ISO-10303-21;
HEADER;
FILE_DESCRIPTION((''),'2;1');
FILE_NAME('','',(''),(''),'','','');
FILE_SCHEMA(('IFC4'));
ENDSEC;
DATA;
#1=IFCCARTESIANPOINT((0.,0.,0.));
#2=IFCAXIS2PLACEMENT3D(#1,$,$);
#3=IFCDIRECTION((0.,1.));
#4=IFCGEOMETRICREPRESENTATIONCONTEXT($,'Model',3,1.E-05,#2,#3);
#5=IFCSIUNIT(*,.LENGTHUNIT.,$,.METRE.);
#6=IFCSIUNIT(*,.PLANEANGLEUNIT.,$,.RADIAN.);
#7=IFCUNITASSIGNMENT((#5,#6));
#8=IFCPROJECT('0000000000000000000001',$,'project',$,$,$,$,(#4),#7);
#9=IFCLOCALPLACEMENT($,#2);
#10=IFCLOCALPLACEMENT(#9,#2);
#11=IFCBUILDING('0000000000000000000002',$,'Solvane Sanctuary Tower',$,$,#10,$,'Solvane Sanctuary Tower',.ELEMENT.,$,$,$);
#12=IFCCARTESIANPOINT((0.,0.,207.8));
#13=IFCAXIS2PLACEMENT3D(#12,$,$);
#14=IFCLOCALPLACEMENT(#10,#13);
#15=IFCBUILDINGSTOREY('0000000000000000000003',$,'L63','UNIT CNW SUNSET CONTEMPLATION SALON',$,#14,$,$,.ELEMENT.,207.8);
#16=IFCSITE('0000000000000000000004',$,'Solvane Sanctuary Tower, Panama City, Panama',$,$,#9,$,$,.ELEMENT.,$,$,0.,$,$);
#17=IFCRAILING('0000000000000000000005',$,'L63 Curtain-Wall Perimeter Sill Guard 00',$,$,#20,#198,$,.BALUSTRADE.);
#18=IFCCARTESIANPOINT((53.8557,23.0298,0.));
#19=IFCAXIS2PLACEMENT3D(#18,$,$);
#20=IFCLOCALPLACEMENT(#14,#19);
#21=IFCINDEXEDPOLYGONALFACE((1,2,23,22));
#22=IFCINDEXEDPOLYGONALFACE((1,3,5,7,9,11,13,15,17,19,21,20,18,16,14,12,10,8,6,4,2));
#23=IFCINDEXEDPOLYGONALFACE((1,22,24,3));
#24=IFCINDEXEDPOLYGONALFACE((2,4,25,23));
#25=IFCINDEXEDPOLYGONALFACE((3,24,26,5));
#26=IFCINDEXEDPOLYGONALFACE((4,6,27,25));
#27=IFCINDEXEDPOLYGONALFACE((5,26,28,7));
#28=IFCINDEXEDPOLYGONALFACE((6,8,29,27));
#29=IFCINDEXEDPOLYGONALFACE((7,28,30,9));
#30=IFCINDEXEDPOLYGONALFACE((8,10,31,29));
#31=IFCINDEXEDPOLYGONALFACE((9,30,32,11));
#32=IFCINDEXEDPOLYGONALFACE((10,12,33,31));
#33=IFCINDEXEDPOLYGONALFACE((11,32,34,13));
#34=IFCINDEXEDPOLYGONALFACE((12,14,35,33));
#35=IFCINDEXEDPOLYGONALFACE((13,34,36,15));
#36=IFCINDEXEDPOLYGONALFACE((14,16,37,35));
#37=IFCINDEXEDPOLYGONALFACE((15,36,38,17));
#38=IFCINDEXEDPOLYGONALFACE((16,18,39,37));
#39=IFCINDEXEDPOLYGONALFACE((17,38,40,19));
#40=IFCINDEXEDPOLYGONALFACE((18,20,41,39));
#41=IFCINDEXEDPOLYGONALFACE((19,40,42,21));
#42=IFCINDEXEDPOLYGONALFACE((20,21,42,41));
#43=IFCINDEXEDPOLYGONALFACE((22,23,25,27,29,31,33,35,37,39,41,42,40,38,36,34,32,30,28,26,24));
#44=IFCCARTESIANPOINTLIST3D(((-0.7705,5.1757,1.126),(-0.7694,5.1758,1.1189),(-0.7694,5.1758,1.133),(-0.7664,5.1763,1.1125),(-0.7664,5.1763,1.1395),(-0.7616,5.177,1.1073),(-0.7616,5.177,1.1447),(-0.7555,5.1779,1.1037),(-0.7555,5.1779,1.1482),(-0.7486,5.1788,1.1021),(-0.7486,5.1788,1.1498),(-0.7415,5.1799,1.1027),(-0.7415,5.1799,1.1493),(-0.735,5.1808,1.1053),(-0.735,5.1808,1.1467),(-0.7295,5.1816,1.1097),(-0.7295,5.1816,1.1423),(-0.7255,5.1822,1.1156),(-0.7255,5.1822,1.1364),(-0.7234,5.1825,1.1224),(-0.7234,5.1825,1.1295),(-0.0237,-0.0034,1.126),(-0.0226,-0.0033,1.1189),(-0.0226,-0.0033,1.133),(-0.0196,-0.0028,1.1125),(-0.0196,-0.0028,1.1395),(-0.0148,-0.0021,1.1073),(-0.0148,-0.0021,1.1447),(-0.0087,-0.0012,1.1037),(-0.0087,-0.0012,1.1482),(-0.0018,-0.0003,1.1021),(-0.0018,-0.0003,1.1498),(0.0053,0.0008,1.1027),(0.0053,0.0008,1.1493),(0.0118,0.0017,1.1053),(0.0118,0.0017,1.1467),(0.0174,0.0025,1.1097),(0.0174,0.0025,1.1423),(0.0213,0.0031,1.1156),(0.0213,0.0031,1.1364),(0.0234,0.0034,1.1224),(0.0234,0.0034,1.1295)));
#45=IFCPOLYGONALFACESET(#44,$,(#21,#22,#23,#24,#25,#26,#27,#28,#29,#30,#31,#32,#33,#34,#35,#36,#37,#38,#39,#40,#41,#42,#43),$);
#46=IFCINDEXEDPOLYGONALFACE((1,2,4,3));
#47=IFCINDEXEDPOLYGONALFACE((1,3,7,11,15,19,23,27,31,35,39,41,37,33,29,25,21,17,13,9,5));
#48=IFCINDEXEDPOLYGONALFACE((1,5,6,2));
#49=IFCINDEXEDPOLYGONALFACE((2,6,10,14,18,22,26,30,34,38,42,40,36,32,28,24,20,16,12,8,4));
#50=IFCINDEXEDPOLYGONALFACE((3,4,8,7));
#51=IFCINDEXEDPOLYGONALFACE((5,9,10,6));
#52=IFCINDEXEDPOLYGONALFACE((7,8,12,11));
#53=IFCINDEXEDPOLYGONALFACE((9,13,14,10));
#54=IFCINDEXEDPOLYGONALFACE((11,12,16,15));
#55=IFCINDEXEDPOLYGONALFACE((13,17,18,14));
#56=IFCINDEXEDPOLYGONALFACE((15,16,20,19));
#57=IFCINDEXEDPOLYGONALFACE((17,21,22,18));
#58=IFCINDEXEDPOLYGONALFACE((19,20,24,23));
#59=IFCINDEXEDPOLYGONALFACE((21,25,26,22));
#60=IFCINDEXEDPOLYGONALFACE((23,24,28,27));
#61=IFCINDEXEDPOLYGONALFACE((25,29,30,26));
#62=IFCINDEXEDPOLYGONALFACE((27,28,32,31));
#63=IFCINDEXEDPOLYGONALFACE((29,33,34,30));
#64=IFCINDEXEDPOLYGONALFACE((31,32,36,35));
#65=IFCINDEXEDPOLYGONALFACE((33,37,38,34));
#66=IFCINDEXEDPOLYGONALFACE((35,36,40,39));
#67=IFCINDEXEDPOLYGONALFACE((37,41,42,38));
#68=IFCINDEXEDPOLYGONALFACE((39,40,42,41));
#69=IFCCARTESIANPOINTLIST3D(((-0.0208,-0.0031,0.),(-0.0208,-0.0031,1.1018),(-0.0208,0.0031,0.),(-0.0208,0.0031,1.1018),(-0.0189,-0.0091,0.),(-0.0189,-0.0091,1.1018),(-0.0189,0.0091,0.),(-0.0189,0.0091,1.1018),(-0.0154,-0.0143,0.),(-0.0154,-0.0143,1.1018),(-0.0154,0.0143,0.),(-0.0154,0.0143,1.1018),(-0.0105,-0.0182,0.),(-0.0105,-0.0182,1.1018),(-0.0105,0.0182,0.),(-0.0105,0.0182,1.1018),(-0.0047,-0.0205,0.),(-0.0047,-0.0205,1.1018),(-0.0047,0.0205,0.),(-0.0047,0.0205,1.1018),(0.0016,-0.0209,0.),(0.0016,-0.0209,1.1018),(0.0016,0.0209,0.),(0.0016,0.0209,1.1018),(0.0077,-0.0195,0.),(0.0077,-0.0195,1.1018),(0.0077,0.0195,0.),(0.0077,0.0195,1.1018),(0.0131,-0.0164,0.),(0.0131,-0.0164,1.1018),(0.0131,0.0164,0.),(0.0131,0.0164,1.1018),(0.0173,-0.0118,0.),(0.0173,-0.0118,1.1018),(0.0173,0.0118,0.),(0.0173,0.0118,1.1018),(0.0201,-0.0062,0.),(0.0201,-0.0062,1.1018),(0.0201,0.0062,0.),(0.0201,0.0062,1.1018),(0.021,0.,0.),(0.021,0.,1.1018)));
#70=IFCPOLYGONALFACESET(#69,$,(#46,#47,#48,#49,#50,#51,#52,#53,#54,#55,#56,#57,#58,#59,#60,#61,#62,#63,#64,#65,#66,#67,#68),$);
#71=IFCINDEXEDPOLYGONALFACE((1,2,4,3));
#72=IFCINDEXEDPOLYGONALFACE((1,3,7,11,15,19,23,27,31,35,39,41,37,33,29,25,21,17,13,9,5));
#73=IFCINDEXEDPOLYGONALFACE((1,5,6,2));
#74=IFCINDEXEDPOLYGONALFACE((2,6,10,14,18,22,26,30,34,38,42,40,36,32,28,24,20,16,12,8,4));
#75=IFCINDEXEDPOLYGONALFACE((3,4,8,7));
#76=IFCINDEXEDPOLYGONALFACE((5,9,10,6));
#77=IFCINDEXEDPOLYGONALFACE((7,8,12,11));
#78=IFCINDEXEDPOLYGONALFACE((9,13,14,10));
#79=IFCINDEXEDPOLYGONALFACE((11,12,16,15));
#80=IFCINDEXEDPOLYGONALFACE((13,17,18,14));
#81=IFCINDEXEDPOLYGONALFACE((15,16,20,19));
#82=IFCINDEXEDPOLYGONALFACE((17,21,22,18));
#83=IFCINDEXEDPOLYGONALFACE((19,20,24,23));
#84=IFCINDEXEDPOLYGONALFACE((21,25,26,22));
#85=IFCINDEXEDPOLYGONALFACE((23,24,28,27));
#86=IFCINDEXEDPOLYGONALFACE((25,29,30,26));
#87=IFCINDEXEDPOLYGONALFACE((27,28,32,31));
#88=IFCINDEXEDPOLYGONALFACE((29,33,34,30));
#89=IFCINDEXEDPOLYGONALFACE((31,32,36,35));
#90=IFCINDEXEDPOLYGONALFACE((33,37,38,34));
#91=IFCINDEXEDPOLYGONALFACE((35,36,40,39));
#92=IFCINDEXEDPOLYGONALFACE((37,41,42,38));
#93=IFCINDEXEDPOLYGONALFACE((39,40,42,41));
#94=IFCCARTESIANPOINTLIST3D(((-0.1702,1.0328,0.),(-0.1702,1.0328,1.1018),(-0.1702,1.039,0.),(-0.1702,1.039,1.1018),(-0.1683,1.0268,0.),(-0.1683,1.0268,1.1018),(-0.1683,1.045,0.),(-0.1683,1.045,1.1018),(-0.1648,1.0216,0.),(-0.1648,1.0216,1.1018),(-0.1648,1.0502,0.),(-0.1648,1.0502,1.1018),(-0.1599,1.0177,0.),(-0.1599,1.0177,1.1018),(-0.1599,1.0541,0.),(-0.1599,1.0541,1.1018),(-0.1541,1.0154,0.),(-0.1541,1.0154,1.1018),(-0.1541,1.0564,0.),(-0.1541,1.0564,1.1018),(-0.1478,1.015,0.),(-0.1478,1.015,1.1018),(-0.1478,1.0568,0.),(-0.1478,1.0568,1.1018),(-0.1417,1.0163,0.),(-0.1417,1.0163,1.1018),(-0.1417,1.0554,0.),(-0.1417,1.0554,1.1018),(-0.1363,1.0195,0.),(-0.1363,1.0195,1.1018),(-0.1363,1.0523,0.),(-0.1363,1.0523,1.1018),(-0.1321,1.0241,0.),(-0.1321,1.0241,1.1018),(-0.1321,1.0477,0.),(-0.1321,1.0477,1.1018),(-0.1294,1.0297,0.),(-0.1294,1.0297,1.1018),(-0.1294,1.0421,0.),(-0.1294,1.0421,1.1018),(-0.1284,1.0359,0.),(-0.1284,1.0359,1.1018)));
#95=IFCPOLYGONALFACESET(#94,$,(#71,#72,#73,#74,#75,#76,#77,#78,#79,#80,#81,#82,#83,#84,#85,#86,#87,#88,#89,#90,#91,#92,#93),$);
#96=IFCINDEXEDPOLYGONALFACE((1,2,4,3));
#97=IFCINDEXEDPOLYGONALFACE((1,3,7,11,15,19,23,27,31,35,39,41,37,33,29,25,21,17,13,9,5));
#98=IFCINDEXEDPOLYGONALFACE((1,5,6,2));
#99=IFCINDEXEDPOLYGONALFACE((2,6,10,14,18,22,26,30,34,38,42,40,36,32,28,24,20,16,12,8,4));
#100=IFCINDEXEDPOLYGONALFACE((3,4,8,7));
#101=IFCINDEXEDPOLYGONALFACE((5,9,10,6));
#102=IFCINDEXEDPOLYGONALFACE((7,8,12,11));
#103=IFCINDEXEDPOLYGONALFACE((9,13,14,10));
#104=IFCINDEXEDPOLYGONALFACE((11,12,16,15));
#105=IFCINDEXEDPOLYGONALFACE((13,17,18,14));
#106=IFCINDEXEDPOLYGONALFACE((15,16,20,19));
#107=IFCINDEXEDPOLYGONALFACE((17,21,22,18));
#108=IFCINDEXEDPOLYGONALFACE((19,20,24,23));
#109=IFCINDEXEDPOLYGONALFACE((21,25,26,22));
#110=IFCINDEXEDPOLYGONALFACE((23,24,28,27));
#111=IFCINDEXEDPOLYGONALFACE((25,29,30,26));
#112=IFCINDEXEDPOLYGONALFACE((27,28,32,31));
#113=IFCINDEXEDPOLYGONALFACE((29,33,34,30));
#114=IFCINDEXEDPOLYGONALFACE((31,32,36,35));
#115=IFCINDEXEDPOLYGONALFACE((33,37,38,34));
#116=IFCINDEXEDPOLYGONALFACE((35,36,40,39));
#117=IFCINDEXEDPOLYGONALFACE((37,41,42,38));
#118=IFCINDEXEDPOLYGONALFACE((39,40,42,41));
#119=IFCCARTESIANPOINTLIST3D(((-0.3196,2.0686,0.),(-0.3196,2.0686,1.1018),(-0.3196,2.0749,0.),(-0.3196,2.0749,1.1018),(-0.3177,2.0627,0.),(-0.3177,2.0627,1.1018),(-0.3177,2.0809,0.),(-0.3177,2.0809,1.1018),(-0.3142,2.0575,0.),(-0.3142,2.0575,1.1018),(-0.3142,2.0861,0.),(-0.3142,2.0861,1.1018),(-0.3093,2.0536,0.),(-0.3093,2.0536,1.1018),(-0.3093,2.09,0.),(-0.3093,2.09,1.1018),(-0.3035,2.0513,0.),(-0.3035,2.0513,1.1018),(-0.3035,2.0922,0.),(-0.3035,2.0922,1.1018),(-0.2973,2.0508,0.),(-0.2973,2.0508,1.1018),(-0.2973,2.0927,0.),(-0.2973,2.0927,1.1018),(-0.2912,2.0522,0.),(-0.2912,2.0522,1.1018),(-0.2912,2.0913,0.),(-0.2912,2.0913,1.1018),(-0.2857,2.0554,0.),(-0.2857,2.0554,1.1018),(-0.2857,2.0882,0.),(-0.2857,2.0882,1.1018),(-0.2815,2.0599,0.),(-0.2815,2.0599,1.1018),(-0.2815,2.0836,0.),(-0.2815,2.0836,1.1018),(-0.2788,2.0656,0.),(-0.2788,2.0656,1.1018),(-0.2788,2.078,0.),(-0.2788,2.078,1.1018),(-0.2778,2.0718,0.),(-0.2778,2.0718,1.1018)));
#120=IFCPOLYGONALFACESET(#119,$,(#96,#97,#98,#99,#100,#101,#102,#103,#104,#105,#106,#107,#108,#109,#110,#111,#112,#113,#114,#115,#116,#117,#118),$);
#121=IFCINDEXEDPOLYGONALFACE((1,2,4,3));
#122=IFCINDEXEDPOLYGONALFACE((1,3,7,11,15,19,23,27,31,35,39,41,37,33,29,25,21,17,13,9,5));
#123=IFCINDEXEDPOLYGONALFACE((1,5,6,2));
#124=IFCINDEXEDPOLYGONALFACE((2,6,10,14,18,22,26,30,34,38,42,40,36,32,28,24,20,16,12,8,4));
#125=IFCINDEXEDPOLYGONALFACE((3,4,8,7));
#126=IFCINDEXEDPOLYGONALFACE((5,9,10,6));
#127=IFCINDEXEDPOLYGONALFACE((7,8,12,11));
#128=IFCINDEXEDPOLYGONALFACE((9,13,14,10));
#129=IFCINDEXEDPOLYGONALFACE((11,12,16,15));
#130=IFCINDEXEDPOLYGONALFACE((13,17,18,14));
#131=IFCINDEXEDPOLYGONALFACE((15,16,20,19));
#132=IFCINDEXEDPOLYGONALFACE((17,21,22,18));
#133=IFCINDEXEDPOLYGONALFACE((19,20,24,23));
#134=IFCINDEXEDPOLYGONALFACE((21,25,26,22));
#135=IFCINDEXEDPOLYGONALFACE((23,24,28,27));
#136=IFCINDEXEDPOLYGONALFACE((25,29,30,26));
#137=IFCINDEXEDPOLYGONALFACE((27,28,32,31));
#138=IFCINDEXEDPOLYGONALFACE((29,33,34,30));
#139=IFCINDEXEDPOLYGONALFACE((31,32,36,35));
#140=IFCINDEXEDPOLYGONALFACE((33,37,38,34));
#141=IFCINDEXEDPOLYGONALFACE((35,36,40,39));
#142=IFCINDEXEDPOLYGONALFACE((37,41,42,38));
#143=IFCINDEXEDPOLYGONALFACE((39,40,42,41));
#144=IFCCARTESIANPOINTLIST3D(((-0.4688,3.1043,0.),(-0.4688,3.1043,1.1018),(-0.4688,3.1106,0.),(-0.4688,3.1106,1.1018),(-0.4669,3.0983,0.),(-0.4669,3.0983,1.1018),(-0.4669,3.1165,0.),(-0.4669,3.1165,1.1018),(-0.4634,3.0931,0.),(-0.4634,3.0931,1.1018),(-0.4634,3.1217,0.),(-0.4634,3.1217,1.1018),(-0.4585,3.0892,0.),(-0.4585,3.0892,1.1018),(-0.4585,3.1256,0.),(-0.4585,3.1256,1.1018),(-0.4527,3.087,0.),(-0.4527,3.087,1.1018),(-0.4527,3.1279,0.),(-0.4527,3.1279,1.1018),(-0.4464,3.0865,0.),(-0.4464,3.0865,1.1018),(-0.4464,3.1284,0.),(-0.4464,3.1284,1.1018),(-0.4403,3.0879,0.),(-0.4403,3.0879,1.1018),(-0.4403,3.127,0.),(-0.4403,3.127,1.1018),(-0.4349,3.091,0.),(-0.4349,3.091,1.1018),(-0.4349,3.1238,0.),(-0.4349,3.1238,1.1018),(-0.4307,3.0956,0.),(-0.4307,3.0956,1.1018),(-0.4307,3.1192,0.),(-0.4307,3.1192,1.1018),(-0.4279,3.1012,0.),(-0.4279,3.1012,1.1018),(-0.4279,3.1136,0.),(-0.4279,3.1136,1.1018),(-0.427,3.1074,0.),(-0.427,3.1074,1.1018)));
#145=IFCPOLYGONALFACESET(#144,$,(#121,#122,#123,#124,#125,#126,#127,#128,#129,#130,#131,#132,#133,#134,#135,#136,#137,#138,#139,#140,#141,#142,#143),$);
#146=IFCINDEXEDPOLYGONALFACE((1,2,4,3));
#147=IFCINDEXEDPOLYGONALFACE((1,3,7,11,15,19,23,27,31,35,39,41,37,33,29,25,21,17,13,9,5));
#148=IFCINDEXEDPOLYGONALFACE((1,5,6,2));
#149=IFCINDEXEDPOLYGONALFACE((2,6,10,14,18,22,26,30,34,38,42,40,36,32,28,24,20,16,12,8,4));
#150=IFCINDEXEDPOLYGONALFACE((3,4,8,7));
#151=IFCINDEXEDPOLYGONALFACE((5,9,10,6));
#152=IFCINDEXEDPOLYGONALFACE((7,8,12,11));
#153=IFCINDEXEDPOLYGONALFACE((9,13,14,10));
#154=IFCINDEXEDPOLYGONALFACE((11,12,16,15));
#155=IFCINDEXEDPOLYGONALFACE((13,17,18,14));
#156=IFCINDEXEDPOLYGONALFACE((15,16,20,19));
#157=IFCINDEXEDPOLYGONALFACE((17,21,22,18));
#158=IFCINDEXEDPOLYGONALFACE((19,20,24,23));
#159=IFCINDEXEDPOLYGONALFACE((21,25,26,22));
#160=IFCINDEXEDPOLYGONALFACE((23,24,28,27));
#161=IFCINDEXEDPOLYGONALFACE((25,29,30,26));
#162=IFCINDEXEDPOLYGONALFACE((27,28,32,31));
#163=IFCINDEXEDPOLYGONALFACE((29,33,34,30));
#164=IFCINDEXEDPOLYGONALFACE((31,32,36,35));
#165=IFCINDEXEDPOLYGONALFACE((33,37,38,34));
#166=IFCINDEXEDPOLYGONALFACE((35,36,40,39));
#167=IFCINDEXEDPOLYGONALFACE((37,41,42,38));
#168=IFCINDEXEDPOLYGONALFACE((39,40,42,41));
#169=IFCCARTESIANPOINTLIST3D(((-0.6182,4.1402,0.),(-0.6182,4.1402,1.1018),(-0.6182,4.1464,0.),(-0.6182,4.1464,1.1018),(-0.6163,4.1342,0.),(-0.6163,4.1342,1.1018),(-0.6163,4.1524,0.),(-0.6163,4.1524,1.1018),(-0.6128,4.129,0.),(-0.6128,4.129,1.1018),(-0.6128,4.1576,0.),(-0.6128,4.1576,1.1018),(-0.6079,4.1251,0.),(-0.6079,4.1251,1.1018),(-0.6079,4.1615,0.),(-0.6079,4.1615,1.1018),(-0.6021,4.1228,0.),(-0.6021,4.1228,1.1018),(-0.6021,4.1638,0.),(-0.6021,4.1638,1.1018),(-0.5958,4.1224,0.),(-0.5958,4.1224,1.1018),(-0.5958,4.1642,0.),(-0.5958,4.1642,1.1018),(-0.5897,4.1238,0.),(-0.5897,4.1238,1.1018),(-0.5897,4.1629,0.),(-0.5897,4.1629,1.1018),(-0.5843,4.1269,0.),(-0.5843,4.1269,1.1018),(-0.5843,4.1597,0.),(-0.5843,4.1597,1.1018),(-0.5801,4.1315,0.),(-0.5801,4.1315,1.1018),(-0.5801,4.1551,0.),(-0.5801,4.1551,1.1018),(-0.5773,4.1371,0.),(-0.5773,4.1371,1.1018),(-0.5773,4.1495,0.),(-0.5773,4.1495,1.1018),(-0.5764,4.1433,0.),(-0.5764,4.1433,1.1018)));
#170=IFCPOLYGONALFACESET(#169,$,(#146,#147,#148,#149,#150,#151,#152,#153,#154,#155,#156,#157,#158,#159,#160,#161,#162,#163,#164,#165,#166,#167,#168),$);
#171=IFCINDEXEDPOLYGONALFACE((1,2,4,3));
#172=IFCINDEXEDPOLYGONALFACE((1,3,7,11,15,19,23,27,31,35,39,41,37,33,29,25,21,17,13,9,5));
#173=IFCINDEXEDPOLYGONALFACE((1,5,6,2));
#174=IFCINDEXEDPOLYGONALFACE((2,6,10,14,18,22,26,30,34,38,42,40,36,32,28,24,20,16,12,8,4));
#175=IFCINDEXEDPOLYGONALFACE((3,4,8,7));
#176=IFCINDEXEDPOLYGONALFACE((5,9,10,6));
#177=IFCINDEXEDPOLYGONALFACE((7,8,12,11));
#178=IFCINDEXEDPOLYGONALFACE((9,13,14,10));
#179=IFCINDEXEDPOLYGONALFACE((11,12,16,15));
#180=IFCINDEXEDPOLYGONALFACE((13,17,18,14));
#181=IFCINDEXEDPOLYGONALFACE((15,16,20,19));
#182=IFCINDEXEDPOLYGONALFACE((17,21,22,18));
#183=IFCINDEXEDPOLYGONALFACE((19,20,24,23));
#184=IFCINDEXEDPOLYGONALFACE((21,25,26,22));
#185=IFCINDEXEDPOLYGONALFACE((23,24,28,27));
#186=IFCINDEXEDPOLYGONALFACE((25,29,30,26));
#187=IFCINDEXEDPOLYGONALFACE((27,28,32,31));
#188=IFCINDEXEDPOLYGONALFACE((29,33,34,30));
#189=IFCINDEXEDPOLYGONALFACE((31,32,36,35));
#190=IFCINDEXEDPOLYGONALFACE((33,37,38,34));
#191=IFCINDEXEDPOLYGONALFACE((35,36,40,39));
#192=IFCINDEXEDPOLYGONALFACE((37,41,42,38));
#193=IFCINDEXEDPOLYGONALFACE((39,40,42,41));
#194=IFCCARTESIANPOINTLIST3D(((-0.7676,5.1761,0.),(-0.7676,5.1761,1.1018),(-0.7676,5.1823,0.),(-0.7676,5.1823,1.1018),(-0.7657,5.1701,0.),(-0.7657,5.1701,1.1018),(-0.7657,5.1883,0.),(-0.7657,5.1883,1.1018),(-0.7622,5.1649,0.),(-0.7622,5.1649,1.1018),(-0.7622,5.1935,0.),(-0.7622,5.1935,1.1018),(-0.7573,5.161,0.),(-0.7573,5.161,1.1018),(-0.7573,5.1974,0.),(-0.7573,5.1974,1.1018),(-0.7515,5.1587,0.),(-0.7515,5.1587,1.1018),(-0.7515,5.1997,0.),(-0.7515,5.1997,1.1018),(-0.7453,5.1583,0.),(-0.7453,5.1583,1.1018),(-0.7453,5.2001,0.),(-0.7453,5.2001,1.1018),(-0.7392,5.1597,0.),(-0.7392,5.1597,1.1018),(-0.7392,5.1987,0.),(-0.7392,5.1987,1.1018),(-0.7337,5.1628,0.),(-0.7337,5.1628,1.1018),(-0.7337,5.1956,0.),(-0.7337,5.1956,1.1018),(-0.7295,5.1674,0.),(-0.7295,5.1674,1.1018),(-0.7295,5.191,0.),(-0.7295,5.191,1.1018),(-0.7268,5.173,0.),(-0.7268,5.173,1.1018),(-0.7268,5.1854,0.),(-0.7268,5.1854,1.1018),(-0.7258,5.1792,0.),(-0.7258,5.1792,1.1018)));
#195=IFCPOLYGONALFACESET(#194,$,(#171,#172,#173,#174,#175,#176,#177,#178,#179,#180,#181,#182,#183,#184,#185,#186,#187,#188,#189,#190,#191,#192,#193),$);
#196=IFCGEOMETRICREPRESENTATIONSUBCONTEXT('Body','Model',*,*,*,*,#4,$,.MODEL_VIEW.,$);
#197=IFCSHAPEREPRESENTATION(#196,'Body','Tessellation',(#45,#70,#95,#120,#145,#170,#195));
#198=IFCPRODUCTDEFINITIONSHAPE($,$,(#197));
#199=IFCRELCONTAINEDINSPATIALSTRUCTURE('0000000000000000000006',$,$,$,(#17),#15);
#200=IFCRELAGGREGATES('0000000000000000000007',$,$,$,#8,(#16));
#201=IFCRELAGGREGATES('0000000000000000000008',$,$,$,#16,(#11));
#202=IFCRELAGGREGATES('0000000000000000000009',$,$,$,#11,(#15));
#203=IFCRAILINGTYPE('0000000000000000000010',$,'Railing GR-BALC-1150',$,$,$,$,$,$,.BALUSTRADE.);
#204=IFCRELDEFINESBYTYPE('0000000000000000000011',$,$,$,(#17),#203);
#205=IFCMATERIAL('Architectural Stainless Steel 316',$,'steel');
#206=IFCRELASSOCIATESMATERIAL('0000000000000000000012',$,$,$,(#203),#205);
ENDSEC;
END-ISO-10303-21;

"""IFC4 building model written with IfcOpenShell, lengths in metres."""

from ifc_helpers import new_model, si_unit, direction, frame, origin, origin_2d, place, context, subcontext, project, spatial, circle, extrude, material, type_object, element, save


model = new_model("IFC4")

# Units and contexts
model_context = context("Model", 3, precision=1e-05, world=origin(), true_north=direction((0.0, 1.0)))
body_context = subcontext(model_context, "Body", "Model", "MODEL_VIEW")
ifc_project = project(units=[si_unit("LENGTHUNIT", "METRE"), si_unit("PLANEANGLEUNIT", "RADIAN")], contexts=[model_context])

# Site, building, storey
site_placement = place(None, origin())
site = spatial("IfcSite", under=ifc_project, at=site_placement, Name="Solvane Sanctuary Tower, Panama City, Panama", CompositionType="ELEMENT", RefElevation=0.0)
building_placement = place(site_placement, origin())
building = spatial("IfcBuilding", under=site, at=building_placement, Name="Solvane Sanctuary Tower", LongName="Solvane Sanctuary Tower", CompositionType="ELEMENT")
storey_placement = place(building_placement, frame((0.0, 0.0, 207.8)))
storey = spatial("IfcBuildingStorey", under=building, at=storey_placement, Name="L63", Description="UNIT CNW SUNSET CONTEMPLATION SALON", CompositionType="ELEMENT", Elevation=207.8)

# Shared definitions
ifc_material_1 = material(Name="Architectural Stainless Steel 316", Category="steel")

# Railing
railing_type = type_object("IfcRailingType", Name="Railing GR-BALC-1150", PredefinedType="BALUSTRADE", material=ifc_material_1)
railing_1_placement = place(storey_placement, frame((53.8557, 23.0298, 0.0)))
element("IfcRailing", 1, at=railing_1_placement, inside=storey, type_object=railing_type, Name="L63 Curtain-Wall Perimeter Sill Guard 00", PredefinedType="BALUSTRADE", context=body_context, shape_type="SweptSolid", body=[
    extrude(circle(Radius=0.0239, at=origin_2d()), frame((0.0, 0.0, 1.126), z_axis=(-0.142721, 0.989763, 0.0), x_axis=(-0.989763, -0.142721, 0.0)), (0.0, 0.0, 1.0), 5.2327),
    extrude(circle(Radius=0.021, at=origin_2d()), origin(), (0.0, 0.0, 1.0), 1.1018),
    extrude(circle(Radius=0.021, at=origin_2d()), frame((-0.1494, 1.0359, 0.0)), (0.0, 0.0, 1.0), 1.1018),
    extrude(circle(Radius=0.021, at=origin_2d()), frame((-0.2988, 2.0718, 0.0)), (0.0, 0.0, 1.0), 1.1018),
    extrude(circle(Radius=0.021, at=origin_2d()), frame((-0.448, 3.1074, 0.0)), (0.0, 0.0, 1.0), 1.1018),
    extrude(circle(Radius=0.021, at=origin_2d()), frame((-0.5974, 4.1433, 0.0)), (0.0, 0.0, 1.0), 1.1018),
    extrude(circle(Radius=0.021, at=origin_2d()), frame((-0.7468, 5.1792, 0.0)), (0.0, 0.0, 1.0), 1.1018),
])

save(model, "model.ifc")
